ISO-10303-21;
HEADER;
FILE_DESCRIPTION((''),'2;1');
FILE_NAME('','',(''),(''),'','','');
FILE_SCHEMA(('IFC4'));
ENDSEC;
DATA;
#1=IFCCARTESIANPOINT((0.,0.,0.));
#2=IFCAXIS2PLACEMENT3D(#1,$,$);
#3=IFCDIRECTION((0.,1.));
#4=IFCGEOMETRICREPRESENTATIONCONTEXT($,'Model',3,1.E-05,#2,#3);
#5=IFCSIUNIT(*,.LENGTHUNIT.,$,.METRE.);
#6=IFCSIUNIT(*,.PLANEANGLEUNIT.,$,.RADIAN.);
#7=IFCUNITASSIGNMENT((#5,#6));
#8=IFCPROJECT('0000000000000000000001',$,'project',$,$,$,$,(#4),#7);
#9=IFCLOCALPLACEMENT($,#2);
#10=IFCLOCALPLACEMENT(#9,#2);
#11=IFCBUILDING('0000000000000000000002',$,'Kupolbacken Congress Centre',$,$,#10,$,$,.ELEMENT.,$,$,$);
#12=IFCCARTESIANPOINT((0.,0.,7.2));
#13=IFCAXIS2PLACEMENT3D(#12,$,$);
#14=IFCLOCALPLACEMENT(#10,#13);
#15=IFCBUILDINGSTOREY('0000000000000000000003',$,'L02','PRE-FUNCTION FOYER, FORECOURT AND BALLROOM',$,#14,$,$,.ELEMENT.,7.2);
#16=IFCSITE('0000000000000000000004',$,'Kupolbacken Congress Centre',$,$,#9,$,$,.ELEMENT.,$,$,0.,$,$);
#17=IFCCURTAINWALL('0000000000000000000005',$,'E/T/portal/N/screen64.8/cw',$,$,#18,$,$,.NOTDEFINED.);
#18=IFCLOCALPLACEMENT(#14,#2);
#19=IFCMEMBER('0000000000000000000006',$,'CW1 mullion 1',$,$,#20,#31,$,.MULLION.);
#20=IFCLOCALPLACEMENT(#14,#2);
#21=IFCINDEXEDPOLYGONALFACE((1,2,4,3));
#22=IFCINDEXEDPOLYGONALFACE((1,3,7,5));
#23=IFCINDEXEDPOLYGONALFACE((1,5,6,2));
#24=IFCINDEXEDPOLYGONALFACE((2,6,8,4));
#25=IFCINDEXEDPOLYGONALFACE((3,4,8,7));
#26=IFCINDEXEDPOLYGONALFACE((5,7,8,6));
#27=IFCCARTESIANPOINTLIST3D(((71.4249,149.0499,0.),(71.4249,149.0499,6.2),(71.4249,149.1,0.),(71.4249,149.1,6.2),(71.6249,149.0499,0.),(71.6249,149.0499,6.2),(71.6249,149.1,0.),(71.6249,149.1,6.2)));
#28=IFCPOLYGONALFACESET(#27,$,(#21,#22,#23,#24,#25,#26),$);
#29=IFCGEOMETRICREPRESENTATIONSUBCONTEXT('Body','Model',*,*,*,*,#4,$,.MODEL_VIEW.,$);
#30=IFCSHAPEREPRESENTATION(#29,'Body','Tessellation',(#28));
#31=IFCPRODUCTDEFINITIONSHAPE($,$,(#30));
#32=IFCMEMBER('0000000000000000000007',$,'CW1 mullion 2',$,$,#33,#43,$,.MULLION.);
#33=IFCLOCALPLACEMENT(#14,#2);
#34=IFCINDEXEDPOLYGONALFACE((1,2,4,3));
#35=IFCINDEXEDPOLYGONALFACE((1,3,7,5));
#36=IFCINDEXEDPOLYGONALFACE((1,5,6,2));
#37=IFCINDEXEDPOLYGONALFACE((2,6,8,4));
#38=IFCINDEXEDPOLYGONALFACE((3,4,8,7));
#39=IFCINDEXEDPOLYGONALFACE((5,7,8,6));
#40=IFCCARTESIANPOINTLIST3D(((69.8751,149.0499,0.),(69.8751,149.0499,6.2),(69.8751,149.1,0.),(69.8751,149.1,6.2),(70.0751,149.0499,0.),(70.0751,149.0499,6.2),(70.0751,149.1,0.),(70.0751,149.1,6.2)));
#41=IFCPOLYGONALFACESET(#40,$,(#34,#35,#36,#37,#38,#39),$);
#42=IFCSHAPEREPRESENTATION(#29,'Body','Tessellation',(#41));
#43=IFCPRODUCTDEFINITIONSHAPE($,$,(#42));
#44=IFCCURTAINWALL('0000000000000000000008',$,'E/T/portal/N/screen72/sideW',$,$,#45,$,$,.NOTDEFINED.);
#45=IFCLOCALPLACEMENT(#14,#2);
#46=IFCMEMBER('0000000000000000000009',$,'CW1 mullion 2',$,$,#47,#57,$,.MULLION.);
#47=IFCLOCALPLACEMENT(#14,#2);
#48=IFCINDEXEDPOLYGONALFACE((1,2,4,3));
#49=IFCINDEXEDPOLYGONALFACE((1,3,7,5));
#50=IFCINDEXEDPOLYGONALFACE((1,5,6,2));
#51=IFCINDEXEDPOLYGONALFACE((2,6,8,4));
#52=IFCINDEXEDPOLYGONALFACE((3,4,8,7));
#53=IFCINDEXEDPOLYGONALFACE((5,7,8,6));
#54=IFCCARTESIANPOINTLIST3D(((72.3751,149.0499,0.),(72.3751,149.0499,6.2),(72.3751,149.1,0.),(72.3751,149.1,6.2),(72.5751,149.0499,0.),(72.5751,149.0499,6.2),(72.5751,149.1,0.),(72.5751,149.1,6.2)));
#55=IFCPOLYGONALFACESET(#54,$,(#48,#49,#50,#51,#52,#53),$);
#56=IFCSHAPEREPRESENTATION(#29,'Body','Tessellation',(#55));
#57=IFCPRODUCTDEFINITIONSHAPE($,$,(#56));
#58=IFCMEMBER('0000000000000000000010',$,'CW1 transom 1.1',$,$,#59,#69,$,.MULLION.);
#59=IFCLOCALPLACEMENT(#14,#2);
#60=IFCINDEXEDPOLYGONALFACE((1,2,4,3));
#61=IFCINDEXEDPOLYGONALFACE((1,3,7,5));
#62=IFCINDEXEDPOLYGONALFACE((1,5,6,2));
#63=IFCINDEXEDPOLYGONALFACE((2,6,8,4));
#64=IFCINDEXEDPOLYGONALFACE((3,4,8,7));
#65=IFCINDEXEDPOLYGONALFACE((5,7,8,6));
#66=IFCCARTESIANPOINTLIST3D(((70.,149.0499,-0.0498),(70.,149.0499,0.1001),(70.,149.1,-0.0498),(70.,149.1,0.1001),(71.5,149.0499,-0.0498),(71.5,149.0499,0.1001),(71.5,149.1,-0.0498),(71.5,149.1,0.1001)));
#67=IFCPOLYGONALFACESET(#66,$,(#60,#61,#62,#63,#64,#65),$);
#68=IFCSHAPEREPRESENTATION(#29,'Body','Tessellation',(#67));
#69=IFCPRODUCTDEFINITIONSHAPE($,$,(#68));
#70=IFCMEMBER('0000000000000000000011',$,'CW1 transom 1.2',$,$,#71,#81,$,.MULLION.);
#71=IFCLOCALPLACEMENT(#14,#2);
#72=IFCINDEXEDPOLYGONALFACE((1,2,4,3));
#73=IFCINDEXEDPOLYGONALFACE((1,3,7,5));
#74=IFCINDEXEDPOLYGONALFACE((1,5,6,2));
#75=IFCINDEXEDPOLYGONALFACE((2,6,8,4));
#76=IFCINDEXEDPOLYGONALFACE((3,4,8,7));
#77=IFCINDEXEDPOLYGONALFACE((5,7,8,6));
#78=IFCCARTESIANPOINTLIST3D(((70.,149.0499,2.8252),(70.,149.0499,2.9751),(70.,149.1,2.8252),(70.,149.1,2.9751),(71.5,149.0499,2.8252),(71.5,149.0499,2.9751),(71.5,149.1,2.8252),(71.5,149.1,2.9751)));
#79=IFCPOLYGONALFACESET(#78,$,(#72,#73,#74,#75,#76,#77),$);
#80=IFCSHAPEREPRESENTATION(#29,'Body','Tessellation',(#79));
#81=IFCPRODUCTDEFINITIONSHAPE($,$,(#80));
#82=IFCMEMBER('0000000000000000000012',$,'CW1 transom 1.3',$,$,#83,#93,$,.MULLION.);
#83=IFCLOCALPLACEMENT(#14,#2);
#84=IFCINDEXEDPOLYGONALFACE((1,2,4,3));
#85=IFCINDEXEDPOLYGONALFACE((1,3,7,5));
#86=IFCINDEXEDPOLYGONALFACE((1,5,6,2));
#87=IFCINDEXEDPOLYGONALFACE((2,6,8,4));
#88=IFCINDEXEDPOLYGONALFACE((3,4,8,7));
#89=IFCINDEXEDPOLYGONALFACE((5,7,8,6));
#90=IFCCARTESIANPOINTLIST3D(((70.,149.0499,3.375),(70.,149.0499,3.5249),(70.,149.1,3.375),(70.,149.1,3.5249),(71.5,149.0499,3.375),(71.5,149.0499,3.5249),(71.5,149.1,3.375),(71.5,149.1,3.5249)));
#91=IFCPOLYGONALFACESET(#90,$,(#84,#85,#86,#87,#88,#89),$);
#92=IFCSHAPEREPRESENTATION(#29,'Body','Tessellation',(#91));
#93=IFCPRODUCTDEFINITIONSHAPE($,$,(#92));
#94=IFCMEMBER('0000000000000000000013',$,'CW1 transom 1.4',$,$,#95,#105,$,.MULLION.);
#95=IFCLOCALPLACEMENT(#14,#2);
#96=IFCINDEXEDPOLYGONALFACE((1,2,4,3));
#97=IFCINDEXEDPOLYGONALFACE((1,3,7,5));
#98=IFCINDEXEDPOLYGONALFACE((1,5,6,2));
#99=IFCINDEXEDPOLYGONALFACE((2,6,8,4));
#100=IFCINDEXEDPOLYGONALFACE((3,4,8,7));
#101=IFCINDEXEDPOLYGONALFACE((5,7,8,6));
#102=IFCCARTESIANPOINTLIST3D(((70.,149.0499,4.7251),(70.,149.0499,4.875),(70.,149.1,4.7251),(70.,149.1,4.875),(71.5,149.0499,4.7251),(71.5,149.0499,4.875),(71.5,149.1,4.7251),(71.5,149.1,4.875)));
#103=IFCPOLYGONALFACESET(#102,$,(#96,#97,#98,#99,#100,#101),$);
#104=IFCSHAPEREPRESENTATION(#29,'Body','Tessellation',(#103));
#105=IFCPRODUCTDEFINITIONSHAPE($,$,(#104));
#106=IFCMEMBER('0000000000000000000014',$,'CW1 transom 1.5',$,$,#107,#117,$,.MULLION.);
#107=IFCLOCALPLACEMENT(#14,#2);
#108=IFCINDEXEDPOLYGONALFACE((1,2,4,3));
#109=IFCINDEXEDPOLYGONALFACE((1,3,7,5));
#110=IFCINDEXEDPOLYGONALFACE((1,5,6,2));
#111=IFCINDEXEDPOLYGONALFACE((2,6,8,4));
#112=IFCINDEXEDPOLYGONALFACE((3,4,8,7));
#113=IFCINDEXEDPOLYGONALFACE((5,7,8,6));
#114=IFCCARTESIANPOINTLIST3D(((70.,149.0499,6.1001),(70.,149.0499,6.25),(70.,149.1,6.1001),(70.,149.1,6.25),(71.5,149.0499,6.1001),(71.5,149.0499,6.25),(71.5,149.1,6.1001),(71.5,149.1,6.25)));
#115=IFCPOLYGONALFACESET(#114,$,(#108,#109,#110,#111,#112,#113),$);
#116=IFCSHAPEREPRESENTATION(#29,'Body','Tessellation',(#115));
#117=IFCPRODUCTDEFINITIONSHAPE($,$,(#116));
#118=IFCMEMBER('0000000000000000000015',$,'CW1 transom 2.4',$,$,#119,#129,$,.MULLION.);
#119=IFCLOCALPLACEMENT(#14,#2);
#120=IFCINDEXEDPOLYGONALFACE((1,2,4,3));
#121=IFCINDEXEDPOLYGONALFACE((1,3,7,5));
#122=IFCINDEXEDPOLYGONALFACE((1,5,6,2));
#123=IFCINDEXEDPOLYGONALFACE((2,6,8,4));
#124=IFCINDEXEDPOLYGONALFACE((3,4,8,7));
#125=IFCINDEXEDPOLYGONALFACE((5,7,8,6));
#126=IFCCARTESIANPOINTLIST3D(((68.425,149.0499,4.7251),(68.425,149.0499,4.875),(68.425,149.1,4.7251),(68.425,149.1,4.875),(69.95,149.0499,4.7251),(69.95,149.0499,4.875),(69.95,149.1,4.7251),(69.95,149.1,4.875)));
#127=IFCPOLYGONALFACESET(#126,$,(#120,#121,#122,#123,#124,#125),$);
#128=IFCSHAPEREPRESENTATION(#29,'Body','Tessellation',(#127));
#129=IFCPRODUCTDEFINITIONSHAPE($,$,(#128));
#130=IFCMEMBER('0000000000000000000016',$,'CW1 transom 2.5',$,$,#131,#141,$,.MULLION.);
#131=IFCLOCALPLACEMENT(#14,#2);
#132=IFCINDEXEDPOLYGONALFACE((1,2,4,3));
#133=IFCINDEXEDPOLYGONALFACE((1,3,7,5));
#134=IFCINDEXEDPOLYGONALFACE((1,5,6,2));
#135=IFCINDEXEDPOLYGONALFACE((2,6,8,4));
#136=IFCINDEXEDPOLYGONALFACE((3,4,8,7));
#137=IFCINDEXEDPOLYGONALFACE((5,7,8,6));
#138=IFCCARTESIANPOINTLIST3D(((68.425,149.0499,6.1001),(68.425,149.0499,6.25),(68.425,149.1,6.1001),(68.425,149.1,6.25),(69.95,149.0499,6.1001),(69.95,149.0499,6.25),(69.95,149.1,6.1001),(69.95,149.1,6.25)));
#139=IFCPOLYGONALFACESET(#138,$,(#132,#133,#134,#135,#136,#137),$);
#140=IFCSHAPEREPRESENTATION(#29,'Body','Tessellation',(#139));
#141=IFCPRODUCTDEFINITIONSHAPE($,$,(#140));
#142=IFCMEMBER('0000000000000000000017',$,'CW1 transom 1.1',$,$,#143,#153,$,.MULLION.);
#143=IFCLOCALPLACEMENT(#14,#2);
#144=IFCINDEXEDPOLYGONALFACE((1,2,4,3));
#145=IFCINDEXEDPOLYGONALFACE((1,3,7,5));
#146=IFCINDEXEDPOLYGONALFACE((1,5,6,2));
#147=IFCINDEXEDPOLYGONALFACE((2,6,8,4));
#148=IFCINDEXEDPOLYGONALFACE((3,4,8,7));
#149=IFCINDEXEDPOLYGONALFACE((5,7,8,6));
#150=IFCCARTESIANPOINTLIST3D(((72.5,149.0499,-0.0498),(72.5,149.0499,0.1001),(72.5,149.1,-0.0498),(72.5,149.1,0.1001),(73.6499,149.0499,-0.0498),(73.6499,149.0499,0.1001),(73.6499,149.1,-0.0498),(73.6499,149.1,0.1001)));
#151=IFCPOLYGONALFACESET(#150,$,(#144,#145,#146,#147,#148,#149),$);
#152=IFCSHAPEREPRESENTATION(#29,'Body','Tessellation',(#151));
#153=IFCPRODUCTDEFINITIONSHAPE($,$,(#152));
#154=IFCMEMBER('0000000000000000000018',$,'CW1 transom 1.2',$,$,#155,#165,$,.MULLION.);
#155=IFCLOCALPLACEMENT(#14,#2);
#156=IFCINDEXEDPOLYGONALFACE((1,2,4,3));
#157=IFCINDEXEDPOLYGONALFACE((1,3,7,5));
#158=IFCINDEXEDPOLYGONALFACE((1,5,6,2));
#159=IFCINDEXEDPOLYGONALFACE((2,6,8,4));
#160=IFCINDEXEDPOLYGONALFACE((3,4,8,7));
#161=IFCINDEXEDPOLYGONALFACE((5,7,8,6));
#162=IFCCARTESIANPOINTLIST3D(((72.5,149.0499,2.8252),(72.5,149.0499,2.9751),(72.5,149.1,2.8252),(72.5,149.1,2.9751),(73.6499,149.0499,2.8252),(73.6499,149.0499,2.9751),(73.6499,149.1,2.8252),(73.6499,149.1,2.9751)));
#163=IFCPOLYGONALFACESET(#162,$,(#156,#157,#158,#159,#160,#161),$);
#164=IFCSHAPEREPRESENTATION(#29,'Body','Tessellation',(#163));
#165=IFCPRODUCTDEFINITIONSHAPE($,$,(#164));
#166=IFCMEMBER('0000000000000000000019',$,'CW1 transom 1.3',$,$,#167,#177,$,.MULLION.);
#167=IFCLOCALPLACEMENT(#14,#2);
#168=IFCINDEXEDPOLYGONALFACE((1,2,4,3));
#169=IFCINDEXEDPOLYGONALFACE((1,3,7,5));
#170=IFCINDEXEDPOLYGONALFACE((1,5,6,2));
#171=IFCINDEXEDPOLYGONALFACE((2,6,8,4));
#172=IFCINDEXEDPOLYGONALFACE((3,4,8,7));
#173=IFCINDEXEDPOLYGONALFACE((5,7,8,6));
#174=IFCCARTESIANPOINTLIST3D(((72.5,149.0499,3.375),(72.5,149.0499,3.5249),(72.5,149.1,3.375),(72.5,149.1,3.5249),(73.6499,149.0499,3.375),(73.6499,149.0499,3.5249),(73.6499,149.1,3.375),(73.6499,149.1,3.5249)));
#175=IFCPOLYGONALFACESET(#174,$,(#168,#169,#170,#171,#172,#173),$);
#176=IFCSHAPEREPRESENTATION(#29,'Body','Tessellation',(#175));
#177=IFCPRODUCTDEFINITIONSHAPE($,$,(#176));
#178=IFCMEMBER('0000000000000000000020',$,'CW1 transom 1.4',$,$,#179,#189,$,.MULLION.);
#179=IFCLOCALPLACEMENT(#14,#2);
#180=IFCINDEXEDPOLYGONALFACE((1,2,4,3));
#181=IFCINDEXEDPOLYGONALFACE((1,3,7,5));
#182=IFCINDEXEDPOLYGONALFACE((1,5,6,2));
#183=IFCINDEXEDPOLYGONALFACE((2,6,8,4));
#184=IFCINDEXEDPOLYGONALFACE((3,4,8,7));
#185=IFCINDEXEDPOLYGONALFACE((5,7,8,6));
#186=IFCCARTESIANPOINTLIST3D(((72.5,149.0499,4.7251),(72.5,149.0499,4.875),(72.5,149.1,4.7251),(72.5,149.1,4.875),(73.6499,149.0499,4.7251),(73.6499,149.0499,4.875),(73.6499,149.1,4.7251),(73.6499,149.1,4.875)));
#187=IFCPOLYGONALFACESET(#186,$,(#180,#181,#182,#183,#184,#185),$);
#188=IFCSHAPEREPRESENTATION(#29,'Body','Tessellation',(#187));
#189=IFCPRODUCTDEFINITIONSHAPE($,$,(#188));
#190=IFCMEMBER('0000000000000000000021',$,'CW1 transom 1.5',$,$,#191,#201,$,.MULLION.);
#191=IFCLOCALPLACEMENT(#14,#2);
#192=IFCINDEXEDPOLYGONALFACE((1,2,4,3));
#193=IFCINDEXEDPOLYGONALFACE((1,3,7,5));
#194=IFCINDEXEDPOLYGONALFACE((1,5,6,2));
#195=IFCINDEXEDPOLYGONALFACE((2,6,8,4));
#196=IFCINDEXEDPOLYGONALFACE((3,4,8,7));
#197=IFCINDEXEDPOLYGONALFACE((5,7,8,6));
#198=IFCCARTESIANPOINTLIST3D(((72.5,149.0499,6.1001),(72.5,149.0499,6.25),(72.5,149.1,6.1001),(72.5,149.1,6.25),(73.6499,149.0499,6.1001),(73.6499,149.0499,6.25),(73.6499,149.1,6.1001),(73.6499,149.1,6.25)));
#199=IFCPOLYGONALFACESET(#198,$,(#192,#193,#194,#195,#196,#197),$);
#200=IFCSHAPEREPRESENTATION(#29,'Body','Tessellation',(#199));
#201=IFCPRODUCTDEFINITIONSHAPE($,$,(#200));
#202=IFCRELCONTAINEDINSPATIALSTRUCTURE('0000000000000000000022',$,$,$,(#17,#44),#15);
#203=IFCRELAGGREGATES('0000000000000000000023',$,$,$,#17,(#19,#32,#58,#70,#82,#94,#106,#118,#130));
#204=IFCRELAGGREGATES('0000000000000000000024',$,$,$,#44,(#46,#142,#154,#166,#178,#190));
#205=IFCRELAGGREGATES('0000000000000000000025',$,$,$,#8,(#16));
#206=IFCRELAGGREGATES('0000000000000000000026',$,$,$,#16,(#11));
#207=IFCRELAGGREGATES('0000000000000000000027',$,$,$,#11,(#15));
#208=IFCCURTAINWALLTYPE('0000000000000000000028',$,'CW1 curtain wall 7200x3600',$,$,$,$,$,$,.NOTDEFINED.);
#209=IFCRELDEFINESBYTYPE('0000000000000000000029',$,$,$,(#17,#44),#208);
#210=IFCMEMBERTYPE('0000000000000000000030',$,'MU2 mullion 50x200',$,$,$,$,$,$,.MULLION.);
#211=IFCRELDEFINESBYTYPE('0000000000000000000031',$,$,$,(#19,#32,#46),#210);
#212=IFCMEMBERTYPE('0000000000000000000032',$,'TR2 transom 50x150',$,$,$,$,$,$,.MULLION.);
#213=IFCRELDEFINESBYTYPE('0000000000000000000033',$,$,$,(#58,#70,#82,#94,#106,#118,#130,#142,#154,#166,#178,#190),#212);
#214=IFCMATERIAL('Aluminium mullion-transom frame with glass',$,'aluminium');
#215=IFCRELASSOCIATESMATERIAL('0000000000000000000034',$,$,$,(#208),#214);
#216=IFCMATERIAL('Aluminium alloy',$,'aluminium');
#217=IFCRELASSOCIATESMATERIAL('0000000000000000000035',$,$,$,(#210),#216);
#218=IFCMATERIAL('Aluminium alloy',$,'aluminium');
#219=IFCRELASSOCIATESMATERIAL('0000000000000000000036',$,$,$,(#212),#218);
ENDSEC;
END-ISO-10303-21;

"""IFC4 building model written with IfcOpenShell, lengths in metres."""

from ifc_helpers import new_model, si_unit, direction, frame, origin, origin_2d, place, context, subcontext, project, spatial, rectangle, extrude, material, material_profile, profile_set, type_object, element, aggregate, save


model = new_model("IFC4")

# Units and contexts
model_context = context("Model", 3, precision=1e-05, world=origin(), true_north=direction((0.0, 1.0)))
body_context = subcontext(model_context, "Body", "Model", "MODEL_VIEW")
ifc_project = project(units=[si_unit("LENGTHUNIT", "METRE"), si_unit("PLANEANGLEUNIT", "RADIAN")], contexts=[model_context])

# Site, building, storey
site_placement = place(None, origin())
site = spatial("IfcSite", under=ifc_project, at=site_placement, Name="Kupolbacken Congress Centre", CompositionType="ELEMENT", RefElevation=0.0)
building_placement = place(site_placement, origin())
building = spatial("IfcBuilding", under=site, at=building_placement, Name="Kupolbacken Congress Centre", CompositionType="ELEMENT")
storey_placement = place(building_placement, frame((0.0, 0.0, 7.2)))
storey = spatial("IfcBuildingStorey", under=building, at=storey_placement, Name="L02", Description="PRE-FUNCTION FOYER, FORECOURT AND BALLROOM", CompositionType="ELEMENT", Elevation=7.2)

# Curtain wall, members
ifc_material_1 = material(Name="Aluminium mullion-transom frame with glass", Category="aluminium")
curtain_wall_type = type_object("IfcCurtainWallType", Name="CW1 curtain wall 7200x3600", PredefinedType="NOTDEFINED", material=ifc_material_1)
curtain_wall_1_placement = place(storey_placement, origin())
curtain_wall_1 = element("IfcCurtainWall", 1, at=curtain_wall_1_placement, inside=storey, type_object=curtain_wall_type, Name="E/T/portal/N/screen64.8/cw", PredefinedType="NOTDEFINED")
ifc_material_2 = material(Name="Aluminium alloy", Category="aluminium")
ifc_material_profile_1 = material_profile(ifc_material_2, rectangle(XDim=0.05, YDim=0.2, at=origin_2d()), Name="50 x 200")
ifc_profile_set_1 = profile_set([ifc_material_profile_1], Name="Aluminium alloy")
member_type_1 = type_object("IfcMemberType", Name="MU2 mullion 50x200", PredefinedType="MULLION", material=ifc_profile_set_1)
member_1_placement = place(storey_placement, frame((71.5249, 149.075, 0.0), z_axis=(0.0, 0.0, 1.0), x_axis=(0.0, -1.0, 0.0)))
member_1 = element("IfcMember", 2, at=member_1_placement, type_object=member_type_1, Name="CW1 mullion 1", PredefinedType="MULLION", context=body_context, shape_type="SweptSolid", body=[
    extrude(rectangle(XDim=0.05, YDim=0.2, at=origin_2d()), origin(), (0.0, 0.0, 1.0), 6.2),
])
member_2_placement = place(storey_placement, frame((69.9751, 149.075, 0.0), z_axis=(0.0, 0.0, 1.0), x_axis=(0.0, -1.0, 0.0)))
member_2 = element("IfcMember", 3, at=member_2_placement, type_object=member_type_1, Name="CW1 mullion 2", PredefinedType="MULLION", context=body_context, shape_type="SweptSolid", body=[
    extrude(rectangle(XDim=0.05, YDim=0.2, at=origin_2d()), origin(), (0.0, 0.0, 1.0), 6.2),
])

# Curtain wall, member
curtain_wall_2_placement = place(storey_placement, origin())
curtain_wall_2 = element("IfcCurtainWall", 4, at=curtain_wall_2_placement, inside=storey, type_object=curtain_wall_type, Name="E/T/portal/N/screen72/sideW", PredefinedType="NOTDEFINED")
member_3_placement = place(storey_placement, frame((72.4751, 149.075, 0.0), z_axis=(0.0, 0.0, 1.0), x_axis=(0.0, -1.0, 0.0)))
member_3 = element("IfcMember", 5, at=member_3_placement, type_object=member_type_1, Name="CW1 mullion 2", PredefinedType="MULLION", context=body_context, shape_type="SweptSolid", body=[
    extrude(rectangle(XDim=0.05, YDim=0.2, at=origin_2d()), origin(), (0.0, 0.0, 1.0), 6.2),
])

# Members
ifc_material_3 = material(Name="Aluminium alloy", Category="aluminium")
ifc_material_profile_2 = material_profile(ifc_material_3, rectangle(XDim=0.05, YDim=0.1499, at=origin_2d()), Name="50 x 150")
ifc_profile_set_2 = profile_set([ifc_material_profile_2], Name="Aluminium alloy")
member_type_2 = type_object("IfcMemberType", Name="TR2 transom 50x150", PredefinedType="MULLION", material=ifc_profile_set_2)
member_4_placement = place(storey_placement, frame((71.5, 149.075, 0.0251), z_axis=(-1.0, 0.0, 0.0), x_axis=(0.0, -1.0, 0.0)))
member_4 = element("IfcMember", 6, at=member_4_placement, type_object=member_type_2, Name="CW1 transom 1.1", PredefinedType="MULLION", context=body_context, shape_type="SweptSolid", body=[
    extrude(rectangle(XDim=0.05, YDim=0.1499, at=origin_2d()), origin(), (0.0, 0.0, 1.0), 1.5),
])
member_5_placement = place(storey_placement, frame((71.5, 149.075, 2.9001), z_axis=(-1.0, 0.0, 0.0), x_axis=(0.0, -1.0, 0.0)))
member_5 = element("IfcMember", 7, at=member_5_placement, type_object=member_type_2, Name="CW1 transom 1.2", PredefinedType="MULLION", context=body_context, shape_type="SweptSolid", body=[
    extrude(rectangle(XDim=0.05, YDim=0.1499, at=origin_2d()), origin(), (0.0, 0.0, 1.0), 1.5),
])
member_6_placement = place(storey_placement, frame((71.5, 149.075, 3.45), z_axis=(-1.0, 0.0, 0.0), x_axis=(0.0, -1.0, 0.0)))
member_6 = element("IfcMember", 8, at=member_6_placement, type_object=member_type_2, Name="CW1 transom 1.3", PredefinedType="MULLION", context=body_context, shape_type="SweptSolid", body=[
    extrude(rectangle(XDim=0.05, YDim=0.1499, at=origin_2d()), origin(), (0.0, 0.0, 1.0), 1.5),
])
member_7_placement = place(storey_placement, frame((71.5, 149.075, 4.8), z_axis=(-1.0, 0.0, 0.0), x_axis=(0.0, -1.0, 0.0)))
member_7 = element("IfcMember", 9, at=member_7_placement, type_object=member_type_2, Name="CW1 transom 1.4", PredefinedType="MULLION", context=body_context, shape_type="SweptSolid", body=[
    extrude(rectangle(XDim=0.05, YDim=0.1499, at=origin_2d()), origin(), (0.0, 0.0, 1.0), 1.5),
])
member_8_placement = place(storey_placement, frame((71.5, 149.075, 6.175), z_axis=(-1.0, 0.0, 0.0), x_axis=(0.0, -1.0, 0.0)))
member_8 = element("IfcMember", 10, at=member_8_placement, type_object=member_type_2, Name="CW1 transom 1.5", PredefinedType="MULLION", context=body_context, shape_type="SweptSolid", body=[
    extrude(rectangle(XDim=0.05, YDim=0.1499, at=origin_2d()), origin(), (0.0, 0.0, 1.0), 1.5),
])
member_9_placement = place(storey_placement, frame((69.95, 149.075, 4.8), z_axis=(-1.0, 0.0, 0.0), x_axis=(0.0, -1.0, 0.0)))
member_9 = element("IfcMember", 11, at=member_9_placement, type_object=member_type_2, Name="CW1 transom 2.4", PredefinedType="MULLION", context=body_context, shape_type="SweptSolid", body=[
    extrude(rectangle(XDim=0.05, YDim=0.1499, at=origin_2d()), origin(), (0.0, 0.0, 1.0), 1.5249),
])
member_10_placement = place(storey_placement, frame((69.95, 149.075, 6.175), z_axis=(-1.0, 0.0, 0.0), x_axis=(0.0, -1.0, 0.0)))
member_10 = element("IfcMember", 12, at=member_10_placement, type_object=member_type_2, Name="CW1 transom 2.5", PredefinedType="MULLION", context=body_context, shape_type="SweptSolid", body=[
    extrude(rectangle(XDim=0.05, YDim=0.1499, at=origin_2d()), origin(), (0.0, 0.0, 1.0), 1.5249),
])
member_11_placement = place(storey_placement, frame((73.6499, 149.075, 0.0251), z_axis=(-1.0, 0.0, 0.0), x_axis=(0.0, -1.0, 0.0)))
member_11 = element("IfcMember", 13, at=member_11_placement, type_object=member_type_2, Name="CW1 transom 1.1", PredefinedType="MULLION", context=body_context, shape_type="SweptSolid", body=[
    extrude(rectangle(XDim=0.05, YDim=0.1499, at=origin_2d()), origin(), (0.0, 0.0, 1.0), 1.1499),
])
member_12_placement = place(storey_placement, frame((73.6499, 149.075, 2.9001), z_axis=(-1.0, 0.0, 0.0), x_axis=(0.0, -1.0, 0.0)))
member_12 = element("IfcMember", 14, at=member_12_placement, type_object=member_type_2, Name="CW1 transom 1.2", PredefinedType="MULLION", context=body_context, shape_type="SweptSolid", body=[
    extrude(rectangle(XDim=0.05, YDim=0.1499, at=origin_2d()), origin(), (0.0, 0.0, 1.0), 1.1499),
])
member_13_placement = place(storey_placement, frame((73.6499, 149.075, 3.45), z_axis=(-1.0, 0.0, 0.0), x_axis=(0.0, -1.0, 0.0)))
member_13 = element("IfcMember", 15, at=member_13_placement, type_object=member_type_2, Name="CW1 transom 1.3", PredefinedType="MULLION", context=body_context, shape_type="SweptSolid", body=[
    extrude(rectangle(XDim=0.05, YDim=0.1499, at=origin_2d()), origin(), (0.0, 0.0, 1.0), 1.1499),
])
member_14_placement = place(storey_placement, frame((73.6499, 149.075, 4.8), z_axis=(-1.0, 0.0, 0.0), x_axis=(0.0, -1.0, 0.0)))
member_14 = element("IfcMember", 16, at=member_14_placement, type_object=member_type_2, Name="CW1 transom 1.4", PredefinedType="MULLION", context=body_context, shape_type="SweptSolid", body=[
    extrude(rectangle(XDim=0.05, YDim=0.1499, at=origin_2d()), origin(), (0.0, 0.0, 1.0), 1.1499),
])
member_15_placement = place(storey_placement, frame((73.6499, 149.075, 6.175), z_axis=(-1.0, 0.0, 0.0), x_axis=(0.0, -1.0, 0.0)))
member_15 = element("IfcMember", 17, at=member_15_placement, type_object=member_type_2, Name="CW1 transom 1.5", PredefinedType="MULLION", context=body_context, shape_type="SweptSolid", body=[
    extrude(rectangle(XDim=0.05, YDim=0.1499, at=origin_2d()), origin(), (0.0, 0.0, 1.0), 1.1499),
])

aggregate(curtain_wall_1, [member_1, member_2, member_4, member_5, member_6, member_7, member_8, member_9, member_10])
aggregate(curtain_wall_2, [member_3, member_11, member_12, member_13, member_14, member_15])

save(model, "model.ifc")
